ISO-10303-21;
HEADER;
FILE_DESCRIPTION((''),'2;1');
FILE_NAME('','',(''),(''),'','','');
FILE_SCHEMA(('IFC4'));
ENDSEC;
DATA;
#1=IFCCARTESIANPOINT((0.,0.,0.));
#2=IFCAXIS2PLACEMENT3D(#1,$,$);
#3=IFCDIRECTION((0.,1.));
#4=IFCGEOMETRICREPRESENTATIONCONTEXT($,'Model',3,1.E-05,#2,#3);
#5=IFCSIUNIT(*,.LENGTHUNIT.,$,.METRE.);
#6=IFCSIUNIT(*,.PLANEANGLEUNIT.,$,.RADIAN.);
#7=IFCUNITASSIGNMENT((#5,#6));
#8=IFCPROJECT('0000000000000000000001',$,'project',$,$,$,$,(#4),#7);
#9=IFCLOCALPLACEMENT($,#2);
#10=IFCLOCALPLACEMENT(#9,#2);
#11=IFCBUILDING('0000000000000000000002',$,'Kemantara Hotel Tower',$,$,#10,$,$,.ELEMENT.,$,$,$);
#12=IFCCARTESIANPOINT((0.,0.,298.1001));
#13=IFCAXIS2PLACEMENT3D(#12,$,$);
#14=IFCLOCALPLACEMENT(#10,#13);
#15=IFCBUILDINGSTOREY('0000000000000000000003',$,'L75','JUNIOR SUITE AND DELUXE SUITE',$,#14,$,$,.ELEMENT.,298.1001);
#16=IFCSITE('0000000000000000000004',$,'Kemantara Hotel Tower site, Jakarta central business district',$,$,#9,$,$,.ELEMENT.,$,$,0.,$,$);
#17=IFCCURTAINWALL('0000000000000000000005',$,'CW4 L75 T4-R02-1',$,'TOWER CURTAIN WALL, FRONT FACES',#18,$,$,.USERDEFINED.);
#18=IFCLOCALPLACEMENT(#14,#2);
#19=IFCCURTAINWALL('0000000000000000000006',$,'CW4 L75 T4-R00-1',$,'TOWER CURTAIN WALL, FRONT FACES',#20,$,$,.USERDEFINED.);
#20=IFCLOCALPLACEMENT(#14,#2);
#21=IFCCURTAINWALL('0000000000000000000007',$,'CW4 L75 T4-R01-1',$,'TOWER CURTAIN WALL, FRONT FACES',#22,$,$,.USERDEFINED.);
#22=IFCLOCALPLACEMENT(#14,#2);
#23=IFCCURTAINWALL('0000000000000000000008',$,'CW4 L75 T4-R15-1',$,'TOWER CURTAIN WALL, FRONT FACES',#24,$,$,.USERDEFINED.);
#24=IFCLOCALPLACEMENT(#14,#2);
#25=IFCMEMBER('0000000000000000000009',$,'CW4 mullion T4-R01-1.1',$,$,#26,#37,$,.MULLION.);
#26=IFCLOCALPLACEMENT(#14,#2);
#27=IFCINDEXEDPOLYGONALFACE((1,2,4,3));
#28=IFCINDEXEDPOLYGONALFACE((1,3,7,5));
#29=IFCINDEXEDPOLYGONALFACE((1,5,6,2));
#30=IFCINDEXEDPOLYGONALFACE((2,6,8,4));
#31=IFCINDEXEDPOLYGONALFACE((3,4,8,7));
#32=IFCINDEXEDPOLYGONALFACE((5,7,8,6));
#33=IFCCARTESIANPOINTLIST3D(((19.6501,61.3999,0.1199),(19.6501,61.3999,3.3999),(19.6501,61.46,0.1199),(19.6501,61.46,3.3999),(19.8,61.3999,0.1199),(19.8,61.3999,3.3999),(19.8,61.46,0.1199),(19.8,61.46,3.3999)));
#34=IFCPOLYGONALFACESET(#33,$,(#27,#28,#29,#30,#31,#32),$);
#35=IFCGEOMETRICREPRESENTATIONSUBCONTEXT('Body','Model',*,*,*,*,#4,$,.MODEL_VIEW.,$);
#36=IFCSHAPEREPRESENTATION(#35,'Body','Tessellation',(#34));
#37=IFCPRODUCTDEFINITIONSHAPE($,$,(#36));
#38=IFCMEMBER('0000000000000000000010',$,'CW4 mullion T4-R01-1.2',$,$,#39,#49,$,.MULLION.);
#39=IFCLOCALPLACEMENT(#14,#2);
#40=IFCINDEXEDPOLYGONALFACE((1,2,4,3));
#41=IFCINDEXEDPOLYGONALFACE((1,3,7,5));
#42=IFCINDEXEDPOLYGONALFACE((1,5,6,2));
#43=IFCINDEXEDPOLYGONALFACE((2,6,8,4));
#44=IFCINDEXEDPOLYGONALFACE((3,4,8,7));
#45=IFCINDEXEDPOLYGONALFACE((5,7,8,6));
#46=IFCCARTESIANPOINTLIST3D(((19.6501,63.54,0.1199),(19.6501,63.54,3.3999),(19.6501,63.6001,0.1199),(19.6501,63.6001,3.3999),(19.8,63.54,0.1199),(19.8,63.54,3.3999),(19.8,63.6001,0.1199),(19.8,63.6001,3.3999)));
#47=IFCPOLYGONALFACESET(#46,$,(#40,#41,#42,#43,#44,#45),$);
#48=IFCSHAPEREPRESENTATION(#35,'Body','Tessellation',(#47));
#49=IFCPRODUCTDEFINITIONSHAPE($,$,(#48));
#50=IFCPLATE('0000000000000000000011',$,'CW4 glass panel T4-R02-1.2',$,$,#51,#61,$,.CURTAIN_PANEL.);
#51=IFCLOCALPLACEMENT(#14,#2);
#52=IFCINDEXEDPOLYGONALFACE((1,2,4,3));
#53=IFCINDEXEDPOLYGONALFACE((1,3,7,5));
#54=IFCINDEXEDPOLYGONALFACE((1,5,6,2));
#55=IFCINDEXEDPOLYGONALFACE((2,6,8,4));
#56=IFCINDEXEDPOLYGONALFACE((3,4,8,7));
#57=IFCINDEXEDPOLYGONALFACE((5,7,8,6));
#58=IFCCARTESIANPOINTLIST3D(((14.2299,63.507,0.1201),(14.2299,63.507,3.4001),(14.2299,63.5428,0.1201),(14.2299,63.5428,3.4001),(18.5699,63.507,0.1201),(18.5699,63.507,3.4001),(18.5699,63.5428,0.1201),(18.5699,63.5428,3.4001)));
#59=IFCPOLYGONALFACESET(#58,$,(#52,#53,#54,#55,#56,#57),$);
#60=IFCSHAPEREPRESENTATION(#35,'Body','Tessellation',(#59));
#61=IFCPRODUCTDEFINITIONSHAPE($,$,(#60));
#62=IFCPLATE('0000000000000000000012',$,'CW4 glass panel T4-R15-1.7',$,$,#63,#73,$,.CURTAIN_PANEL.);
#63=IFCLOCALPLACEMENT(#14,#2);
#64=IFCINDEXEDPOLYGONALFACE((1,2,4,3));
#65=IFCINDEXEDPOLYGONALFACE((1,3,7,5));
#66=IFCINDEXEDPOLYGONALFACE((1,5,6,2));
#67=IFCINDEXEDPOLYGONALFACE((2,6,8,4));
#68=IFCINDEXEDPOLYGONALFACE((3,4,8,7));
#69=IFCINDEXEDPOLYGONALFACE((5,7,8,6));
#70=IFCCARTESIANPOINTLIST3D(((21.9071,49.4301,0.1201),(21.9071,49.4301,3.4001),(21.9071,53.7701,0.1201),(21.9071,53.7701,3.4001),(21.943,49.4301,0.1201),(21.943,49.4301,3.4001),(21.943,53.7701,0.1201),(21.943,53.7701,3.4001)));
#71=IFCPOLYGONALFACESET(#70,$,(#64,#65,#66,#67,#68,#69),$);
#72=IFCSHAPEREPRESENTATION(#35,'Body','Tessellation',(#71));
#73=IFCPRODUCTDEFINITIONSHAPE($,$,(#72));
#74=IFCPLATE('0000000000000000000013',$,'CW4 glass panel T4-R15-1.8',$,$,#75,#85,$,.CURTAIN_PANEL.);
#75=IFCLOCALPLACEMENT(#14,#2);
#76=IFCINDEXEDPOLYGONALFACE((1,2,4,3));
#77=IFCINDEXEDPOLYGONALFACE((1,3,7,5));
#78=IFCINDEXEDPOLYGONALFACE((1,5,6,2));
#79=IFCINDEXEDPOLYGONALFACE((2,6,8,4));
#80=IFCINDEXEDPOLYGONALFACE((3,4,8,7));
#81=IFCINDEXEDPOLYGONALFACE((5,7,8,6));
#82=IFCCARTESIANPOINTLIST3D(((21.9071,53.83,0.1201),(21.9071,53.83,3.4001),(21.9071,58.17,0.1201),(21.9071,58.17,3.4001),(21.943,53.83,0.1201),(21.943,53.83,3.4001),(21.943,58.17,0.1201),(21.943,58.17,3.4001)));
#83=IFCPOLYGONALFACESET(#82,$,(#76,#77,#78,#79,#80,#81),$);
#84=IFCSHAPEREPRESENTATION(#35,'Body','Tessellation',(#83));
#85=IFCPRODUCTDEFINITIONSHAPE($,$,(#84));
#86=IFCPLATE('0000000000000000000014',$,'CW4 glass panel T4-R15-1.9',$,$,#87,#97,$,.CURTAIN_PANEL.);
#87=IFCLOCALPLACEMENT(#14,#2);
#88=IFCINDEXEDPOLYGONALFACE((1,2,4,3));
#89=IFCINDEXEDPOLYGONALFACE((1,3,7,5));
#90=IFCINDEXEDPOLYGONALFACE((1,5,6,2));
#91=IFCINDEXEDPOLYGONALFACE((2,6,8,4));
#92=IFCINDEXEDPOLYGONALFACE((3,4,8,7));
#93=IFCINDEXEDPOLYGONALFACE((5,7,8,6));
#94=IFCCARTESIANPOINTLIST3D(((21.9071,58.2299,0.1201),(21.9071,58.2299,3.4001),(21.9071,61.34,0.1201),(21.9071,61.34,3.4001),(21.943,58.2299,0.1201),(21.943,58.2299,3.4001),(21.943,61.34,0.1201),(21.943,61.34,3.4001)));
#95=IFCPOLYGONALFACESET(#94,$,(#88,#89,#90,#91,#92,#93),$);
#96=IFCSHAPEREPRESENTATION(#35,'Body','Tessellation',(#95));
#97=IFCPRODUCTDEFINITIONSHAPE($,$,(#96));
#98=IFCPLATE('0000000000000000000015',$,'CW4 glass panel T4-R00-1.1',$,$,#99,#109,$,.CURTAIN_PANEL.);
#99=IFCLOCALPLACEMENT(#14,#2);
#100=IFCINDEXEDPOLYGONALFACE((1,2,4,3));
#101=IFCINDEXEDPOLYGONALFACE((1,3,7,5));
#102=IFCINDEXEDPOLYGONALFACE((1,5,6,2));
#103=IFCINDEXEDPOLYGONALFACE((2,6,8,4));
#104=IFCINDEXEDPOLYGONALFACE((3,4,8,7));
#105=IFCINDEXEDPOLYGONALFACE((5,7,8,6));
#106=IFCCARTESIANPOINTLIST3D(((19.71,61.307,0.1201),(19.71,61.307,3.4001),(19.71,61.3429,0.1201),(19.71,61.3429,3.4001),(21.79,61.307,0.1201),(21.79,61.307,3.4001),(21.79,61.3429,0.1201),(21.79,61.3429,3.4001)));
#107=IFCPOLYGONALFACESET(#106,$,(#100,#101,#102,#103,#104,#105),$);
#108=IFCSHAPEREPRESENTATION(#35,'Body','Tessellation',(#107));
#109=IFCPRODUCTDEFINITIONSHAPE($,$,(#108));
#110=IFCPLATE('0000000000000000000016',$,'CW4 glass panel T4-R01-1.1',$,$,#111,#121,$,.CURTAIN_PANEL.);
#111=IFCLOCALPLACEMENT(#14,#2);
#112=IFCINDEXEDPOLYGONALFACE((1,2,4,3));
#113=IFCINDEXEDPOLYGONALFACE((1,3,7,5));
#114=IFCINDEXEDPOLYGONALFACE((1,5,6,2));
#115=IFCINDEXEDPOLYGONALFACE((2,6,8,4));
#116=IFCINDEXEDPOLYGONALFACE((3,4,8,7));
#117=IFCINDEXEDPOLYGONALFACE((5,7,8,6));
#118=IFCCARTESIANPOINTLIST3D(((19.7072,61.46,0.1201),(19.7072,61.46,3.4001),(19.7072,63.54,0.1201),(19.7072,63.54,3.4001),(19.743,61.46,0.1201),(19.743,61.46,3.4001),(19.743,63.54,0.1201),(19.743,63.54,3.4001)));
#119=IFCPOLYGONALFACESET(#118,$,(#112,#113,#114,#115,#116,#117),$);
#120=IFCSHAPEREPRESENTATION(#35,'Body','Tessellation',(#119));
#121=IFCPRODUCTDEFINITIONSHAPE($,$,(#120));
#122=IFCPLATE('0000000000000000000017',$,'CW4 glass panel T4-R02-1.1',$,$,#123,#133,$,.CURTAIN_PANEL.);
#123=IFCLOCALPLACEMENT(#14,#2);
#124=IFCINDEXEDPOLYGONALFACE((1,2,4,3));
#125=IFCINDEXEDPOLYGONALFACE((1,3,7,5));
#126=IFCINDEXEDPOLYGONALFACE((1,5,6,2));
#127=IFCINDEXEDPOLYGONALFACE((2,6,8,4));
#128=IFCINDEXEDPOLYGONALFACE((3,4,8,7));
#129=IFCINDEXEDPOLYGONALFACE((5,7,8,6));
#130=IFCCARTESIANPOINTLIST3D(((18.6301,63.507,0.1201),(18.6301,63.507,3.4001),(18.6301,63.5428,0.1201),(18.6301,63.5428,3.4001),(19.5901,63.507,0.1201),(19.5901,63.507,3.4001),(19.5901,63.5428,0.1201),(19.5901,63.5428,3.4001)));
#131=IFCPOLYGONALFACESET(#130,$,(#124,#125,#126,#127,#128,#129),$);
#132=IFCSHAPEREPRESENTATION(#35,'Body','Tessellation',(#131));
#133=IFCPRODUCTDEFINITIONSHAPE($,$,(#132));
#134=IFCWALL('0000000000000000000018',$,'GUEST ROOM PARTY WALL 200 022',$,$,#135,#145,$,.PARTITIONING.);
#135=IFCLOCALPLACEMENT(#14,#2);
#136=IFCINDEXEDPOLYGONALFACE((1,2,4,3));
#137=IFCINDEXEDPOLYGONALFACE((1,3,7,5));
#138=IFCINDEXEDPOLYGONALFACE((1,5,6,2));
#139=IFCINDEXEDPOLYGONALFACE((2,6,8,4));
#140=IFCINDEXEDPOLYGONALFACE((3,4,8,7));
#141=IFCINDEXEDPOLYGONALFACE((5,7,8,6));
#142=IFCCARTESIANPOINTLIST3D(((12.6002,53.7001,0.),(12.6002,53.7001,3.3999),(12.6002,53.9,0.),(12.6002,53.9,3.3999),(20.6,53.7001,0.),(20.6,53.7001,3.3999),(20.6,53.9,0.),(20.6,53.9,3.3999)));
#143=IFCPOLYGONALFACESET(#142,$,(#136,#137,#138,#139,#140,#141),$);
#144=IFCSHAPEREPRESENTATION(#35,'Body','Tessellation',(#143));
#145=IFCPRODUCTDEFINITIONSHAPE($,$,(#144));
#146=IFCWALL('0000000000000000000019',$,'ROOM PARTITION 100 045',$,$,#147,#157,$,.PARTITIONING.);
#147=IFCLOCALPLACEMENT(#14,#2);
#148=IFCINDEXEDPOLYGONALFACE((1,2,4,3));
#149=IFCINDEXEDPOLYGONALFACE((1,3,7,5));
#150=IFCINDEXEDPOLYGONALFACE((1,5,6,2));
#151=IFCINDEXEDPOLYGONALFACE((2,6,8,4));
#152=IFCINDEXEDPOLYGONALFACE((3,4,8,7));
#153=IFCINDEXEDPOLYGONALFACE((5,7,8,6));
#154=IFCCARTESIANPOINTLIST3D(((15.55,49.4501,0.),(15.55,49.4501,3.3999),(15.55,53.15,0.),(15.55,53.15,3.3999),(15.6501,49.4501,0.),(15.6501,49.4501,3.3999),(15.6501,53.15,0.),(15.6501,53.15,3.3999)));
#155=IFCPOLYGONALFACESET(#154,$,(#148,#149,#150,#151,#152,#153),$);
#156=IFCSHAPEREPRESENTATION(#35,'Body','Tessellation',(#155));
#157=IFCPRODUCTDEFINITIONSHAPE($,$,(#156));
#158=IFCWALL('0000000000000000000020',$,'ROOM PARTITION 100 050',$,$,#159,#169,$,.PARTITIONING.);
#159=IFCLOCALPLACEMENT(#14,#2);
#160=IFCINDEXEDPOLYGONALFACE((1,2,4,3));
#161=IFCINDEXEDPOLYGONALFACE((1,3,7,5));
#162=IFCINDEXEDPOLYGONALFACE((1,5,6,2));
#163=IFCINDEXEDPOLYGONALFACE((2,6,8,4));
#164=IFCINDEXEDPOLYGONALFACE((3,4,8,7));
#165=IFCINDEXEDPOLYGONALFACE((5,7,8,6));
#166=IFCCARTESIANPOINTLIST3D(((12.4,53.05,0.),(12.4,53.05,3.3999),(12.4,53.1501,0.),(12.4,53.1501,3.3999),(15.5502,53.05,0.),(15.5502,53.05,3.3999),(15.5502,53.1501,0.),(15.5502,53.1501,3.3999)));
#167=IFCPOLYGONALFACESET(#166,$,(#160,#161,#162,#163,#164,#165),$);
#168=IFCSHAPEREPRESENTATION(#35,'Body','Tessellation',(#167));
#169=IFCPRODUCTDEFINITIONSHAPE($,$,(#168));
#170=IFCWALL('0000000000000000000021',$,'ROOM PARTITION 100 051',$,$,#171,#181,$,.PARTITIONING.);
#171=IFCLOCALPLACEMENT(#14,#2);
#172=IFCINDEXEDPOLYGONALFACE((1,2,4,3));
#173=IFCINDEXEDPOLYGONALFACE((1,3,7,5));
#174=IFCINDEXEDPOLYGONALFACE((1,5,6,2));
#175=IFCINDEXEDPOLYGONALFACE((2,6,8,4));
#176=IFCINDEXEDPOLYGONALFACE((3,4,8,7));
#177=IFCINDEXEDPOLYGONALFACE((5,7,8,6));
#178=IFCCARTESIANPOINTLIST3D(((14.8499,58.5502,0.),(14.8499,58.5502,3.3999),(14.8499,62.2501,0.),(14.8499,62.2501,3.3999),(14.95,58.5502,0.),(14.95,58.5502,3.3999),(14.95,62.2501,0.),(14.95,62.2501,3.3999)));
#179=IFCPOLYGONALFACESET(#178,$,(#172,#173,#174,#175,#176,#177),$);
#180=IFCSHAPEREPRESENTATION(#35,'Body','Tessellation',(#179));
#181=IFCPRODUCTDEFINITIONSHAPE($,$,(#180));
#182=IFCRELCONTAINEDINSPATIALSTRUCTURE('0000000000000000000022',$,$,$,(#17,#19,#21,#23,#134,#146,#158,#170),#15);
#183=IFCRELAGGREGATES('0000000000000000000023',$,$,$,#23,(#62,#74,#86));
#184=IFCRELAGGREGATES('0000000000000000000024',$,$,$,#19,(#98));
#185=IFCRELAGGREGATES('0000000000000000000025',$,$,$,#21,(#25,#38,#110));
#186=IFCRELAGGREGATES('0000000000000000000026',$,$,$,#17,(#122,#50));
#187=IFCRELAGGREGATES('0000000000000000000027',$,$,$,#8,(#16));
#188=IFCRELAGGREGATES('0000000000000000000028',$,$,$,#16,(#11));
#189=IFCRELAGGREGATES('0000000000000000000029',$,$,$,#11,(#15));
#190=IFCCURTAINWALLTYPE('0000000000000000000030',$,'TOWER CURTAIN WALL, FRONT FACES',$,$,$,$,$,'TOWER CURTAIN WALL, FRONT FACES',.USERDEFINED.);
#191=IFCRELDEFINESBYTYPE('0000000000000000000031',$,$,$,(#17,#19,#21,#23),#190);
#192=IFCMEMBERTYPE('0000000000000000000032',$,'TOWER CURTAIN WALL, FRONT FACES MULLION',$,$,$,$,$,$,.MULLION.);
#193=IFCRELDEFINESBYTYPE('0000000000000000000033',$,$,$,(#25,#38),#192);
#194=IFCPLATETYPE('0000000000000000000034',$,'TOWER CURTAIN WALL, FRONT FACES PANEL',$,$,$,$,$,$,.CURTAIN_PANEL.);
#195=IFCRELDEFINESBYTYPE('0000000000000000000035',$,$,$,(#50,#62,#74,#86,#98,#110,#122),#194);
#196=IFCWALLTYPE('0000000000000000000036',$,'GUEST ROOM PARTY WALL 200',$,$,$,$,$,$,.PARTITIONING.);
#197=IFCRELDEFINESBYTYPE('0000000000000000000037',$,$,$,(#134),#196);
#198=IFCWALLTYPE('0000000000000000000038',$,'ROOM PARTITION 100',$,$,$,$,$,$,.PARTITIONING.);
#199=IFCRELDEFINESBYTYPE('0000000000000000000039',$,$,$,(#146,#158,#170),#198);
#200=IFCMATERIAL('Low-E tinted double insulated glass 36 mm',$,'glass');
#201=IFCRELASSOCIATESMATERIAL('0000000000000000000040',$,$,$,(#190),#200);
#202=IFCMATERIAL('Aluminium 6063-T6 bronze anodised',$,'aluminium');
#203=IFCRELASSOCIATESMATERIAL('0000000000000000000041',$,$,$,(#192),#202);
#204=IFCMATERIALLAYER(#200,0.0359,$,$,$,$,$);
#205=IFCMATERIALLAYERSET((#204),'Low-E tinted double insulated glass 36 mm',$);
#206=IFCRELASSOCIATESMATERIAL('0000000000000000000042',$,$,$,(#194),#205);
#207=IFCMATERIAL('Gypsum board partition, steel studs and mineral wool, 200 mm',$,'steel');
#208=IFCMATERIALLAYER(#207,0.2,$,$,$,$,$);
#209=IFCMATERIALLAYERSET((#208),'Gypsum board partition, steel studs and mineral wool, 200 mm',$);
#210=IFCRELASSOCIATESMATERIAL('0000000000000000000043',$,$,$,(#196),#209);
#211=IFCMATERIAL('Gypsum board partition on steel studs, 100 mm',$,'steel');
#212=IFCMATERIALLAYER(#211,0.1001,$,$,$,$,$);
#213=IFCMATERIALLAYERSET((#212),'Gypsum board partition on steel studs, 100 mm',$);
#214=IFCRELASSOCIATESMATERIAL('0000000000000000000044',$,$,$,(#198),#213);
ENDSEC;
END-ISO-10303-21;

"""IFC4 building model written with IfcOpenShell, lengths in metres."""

from ifc_helpers import new_model, si_unit, direction, frame, frame_2d, origin, origin_2d, place, context, subcontext, project, spatial, rectangle, extrude, source, transform, mapped, material, layer, layer_set, material_profile, profile_set, type_object, element, aggregate, save


model = new_model("IFC4")

# Units and contexts
model_context = context("Model", 3, precision=1e-05, world=origin(), true_north=direction((0.0, 1.0)))
body_context = subcontext(model_context, "Body", "Model", "MODEL_VIEW")
ifc_project = project(units=[si_unit("LENGTHUNIT", "METRE"), si_unit("PLANEANGLEUNIT", "RADIAN")], contexts=[model_context])

# Site, building, storey
site_placement = place(None, origin())
site = spatial("IfcSite", under=ifc_project, at=site_placement, Name="Kemantara Hotel Tower site, Jakarta central business district", CompositionType="ELEMENT", RefElevation=0.0)
building_placement = place(site_placement, origin())
building = spatial("IfcBuilding", under=site, at=building_placement, Name="Kemantara Hotel Tower", CompositionType="ELEMENT")
storey_placement = place(building_placement, frame((0.0, 0.0, 298.1001)))
storey = spatial("IfcBuildingStorey", under=building, at=storey_placement, Name="L75", Description="JUNIOR SUITE AND DELUXE SUITE", CompositionType="ELEMENT", Elevation=298.1001)

# Curtain walls
ifc_material_1 = material(Name="Low-E tinted double insulated glass 36 mm", Category="glass")
curtain_wall_type = type_object("IfcCurtainWallType", Name="TOWER CURTAIN WALL, FRONT FACES", ElementType="TOWER CURTAIN WALL, FRONT FACES", PredefinedType="USERDEFINED", material=ifc_material_1)
curtain_wall_1_placement = place(storey_placement, origin())
curtain_wall_1 = element("IfcCurtainWall", 1, at=curtain_wall_1_placement, inside=storey, type_object=curtain_wall_type, Name="CW4 L75 T4-R02-1", ObjectType="TOWER CURTAIN WALL, FRONT FACES", PredefinedType="USERDEFINED")
ifc_material_2 = material(Name="Aluminium 6063-T6 bronze anodised", Category="aluminium")
curtain_wall_2_placement = place(storey_placement, origin())
curtain_wall_2 = element("IfcCurtainWall", 2, at=curtain_wall_2_placement, inside=storey, type_object=curtain_wall_type, Name="CW4 L75 T4-R00-1", ObjectType="TOWER CURTAIN WALL, FRONT FACES", PredefinedType="USERDEFINED")
curtain_wall_3_placement = place(storey_placement, origin())
curtain_wall_3 = element("IfcCurtainWall", 3, at=curtain_wall_3_placement, inside=storey, type_object=curtain_wall_type, Name="CW4 L75 T4-R01-1", ObjectType="TOWER CURTAIN WALL, FRONT FACES", PredefinedType="USERDEFINED")

# Shared definitions
ifc_material_profile_1 = material_profile(ifc_material_2, rectangle(XDim=0.1499, YDim=0.0601, at=origin_2d()), Name="TOWER CURTAIN WALL, FRONT FACES MULLION")
ifc_profile_set_1 = profile_set([ifc_material_profile_1], Name="Aluminium 6063-T6 bronze anodised")
member_type_1 = type_object("IfcMemberType", Name="TOWER CURTAIN WALL, FRONT FACES MULLION", PredefinedType="MULLION", material=ifc_profile_set_1)
shared_shape_1 = source(origin(), body_context, "Body", "SweptSolid", [
    extrude(rectangle(XDim=0.1499, YDim=0.0601, at=origin_2d()), origin(), (0.0, 0.0, 1.0), 3.28),
])

# Curtain wall
curtain_wall_4_placement = place(storey_placement, origin())
curtain_wall_4 = element("IfcCurtainWall", 4, at=curtain_wall_4_placement, inside=storey, type_object=curtain_wall_type, Name="CW4 L75 T4-R15-1", ObjectType="TOWER CURTAIN WALL, FRONT FACES", PredefinedType="USERDEFINED")

# Members
member_1_placement = place(storey_placement, frame((19.7251, 61.4299, 0.1199), z_axis=(0.0, 0.0, 1.0), x_axis=(-1.0, 0.0, 0.0)))
member_1 = element("IfcMember", 5, at=member_1_placement, type_object=member_type_1, Name="CW4 mullion T4-R01-1.1", PredefinedType="MULLION", context=body_context, shape_type="MappedRepresentation", body=[
    mapped(shared_shape_1, transform((0.0, 0.0, 0.0))),
])
member_2_placement = place(storey_placement, frame((19.7251, 63.5701, 0.1199), z_axis=(0.0, 0.0, 1.0), x_axis=(-1.0, 0.0, 0.0)))
member_2 = element("IfcMember", 6, at=member_2_placement, type_object=member_type_1, Name="CW4 mullion T4-R01-1.2", PredefinedType="MULLION", context=body_context, shape_type="MappedRepresentation", body=[
    mapped(shared_shape_1, transform((0.0, 0.0, 0.0))),
])

# Plates
ifc_layer_1 = layer(ifc_material_1, 0.0359)
ifc_layer_set_1 = layer_set([ifc_layer_1], Name="Low-E tinted double insulated glass 36 mm")
plate_type = type_object("IfcPlateType", Name="TOWER CURTAIN WALL, FRONT FACES PANEL", PredefinedType="CURTAIN_PANEL", material=ifc_layer_set_1)
shared_shape_2 = source(origin(), body_context, "Body", "SweptSolid", [
    extrude(rectangle(XDim=4.3401, YDim=0.0359, at=origin_2d()), origin(), (0.0, 0.0, 1.0), 3.28),
])
plate_1_placement = place(storey_placement, frame((16.3999, 63.5249, 0.1201), z_axis=(0.0, 0.0, 1.0), x_axis=(-1.0, 0.0, 0.0)))
plate_1 = element("IfcPlate", 7, at=plate_1_placement, type_object=plate_type, Name="CW4 glass panel T4-R02-1.2", PredefinedType="CURTAIN_PANEL", context=body_context, shape_type="MappedRepresentation", body=[
    mapped(shared_shape_2, transform((0.0, 0.0, 0.0))),
])
plate_2_placement = place(storey_placement, frame((21.925, 51.6001, 0.1201), z_axis=(0.0, 0.0, 1.0), x_axis=(0.0, 1.0, 0.0)))
plate_2 = element("IfcPlate", 8, at=plate_2_placement, type_object=plate_type, Name="CW4 glass panel T4-R15-1.7", PredefinedType="CURTAIN_PANEL", context=body_context, shape_type="MappedRepresentation", body=[
    mapped(shared_shape_2, transform((0.0, 0.0, 0.0))),
])
plate_3_placement = place(storey_placement, frame((21.925, 56.0, 0.1201), z_axis=(0.0, 0.0, 1.0), x_axis=(0.0, 1.0, 0.0)))
plate_3 = element("IfcPlate", 9, at=plate_3_placement, type_object=plate_type, Name="CW4 glass panel T4-R15-1.8", PredefinedType="CURTAIN_PANEL", context=body_context, shape_type="MappedRepresentation", body=[
    mapped(shared_shape_2, transform((0.0, 0.0, 0.0))),
])
shared_shape_3 = source(origin(), body_context, "Body", "SweptSolid", [
    extrude(rectangle(XDim=3.1101, YDim=0.0359, at=origin_2d()), origin(), (0.0, 0.0, 1.0), 3.28),
])
plate_4_placement = place(storey_placement, frame((21.925, 59.7849, 0.1201), z_axis=(0.0, 0.0, 1.0), x_axis=(0.0, 1.0, 0.0)))
plate_4 = element("IfcPlate", 10, at=plate_4_placement, type_object=plate_type, Name="CW4 glass panel T4-R15-1.9", PredefinedType="CURTAIN_PANEL", context=body_context, shape_type="MappedRepresentation", body=[
    mapped(shared_shape_3, transform((0.0, 0.0, 0.0))),
])
aggregate(curtain_wall_4, [plate_2, plate_3, plate_4])
shared_shape_4 = source(origin(), body_context, "Body", "SweptSolid", [
    extrude(rectangle(XDim=2.0801, YDim=0.0359, at=origin_2d()), origin(), (0.0, 0.0, 1.0), 3.28),
])
plate_5_placement = place(storey_placement, frame((20.75, 61.325, 0.1201), z_axis=(0.0, 0.0, 1.0), x_axis=(-1.0, 0.0, 0.0)))
plate_5 = element("IfcPlate", 11, at=plate_5_placement, type_object=plate_type, Name="CW4 glass panel T4-R00-1.1", PredefinedType="CURTAIN_PANEL", context=body_context, shape_type="MappedRepresentation", body=[
    mapped(shared_shape_4, transform((0.0, 0.0, 0.0))),
])
aggregate(curtain_wall_2, [plate_5])
plate_6_placement = place(storey_placement, frame((19.7251, 62.5, 0.1201), z_axis=(0.0, 0.0, 1.0), x_axis=(0.0, 1.0, 0.0)))
plate_6 = element("IfcPlate", 12, at=plate_6_placement, type_object=plate_type, Name="CW4 glass panel T4-R01-1.1", PredefinedType="CURTAIN_PANEL", context=body_context, shape_type="MappedRepresentation", body=[
    mapped(shared_shape_4, transform((0.0, 0.0, 0.0))),
])
aggregate(curtain_wall_3, [member_1, member_2, plate_6])
shared_shape_5 = source(origin(), body_context, "Body", "SweptSolid", [
    extrude(rectangle(XDim=0.96, YDim=0.0359, at=origin_2d()), origin(), (0.0, 0.0, 1.0), 3.28),
])
plate_7_placement = place(storey_placement, frame((19.1101, 63.5249, 0.1201), z_axis=(0.0, 0.0, 1.0), x_axis=(-1.0, 0.0, 0.0)))
plate_7 = element("IfcPlate", 13, at=plate_7_placement, type_object=plate_type, Name="CW4 glass panel T4-R02-1.1", PredefinedType="CURTAIN_PANEL", context=body_context, shape_type="MappedRepresentation", body=[
    mapped(shared_shape_5, transform((0.0, 0.0, 0.0))),
])
aggregate(curtain_wall_1, [plate_7, plate_1])

# Walls
ifc_material_3 = material(Name="Gypsum board partition, steel studs and mineral wool, 200 mm", Category="steel")
ifc_layer_2 = layer(ifc_material_3, 0.2)
ifc_layer_set_2 = layer_set([ifc_layer_2], Name="Gypsum board partition, steel studs and mineral wool, 200 mm")
wall_type_1 = type_object("IfcWallType", Name="GUEST ROOM PARTY WALL 200", PredefinedType="PARTITIONING", material=ifc_layer_set_2)
wall_1_placement = place(storey_placement, frame((12.6001, 53.8, 0.0), z_axis=(0.0, 0.0, 1.0), x_axis=(1.0, 0.0, 0.0)))
element("IfcWall", 14, at=wall_1_placement, inside=storey, type_object=wall_type_1, Name="GUEST ROOM PARTY WALL 200 022", PredefinedType="PARTITIONING", context=body_context, shape_type="SweptSolid", body=[
    extrude(rectangle(XDim=7.9998, YDim=0.2, at=frame_2d((4.0, 0.0))), origin(), (0.0, 0.0, 1.0), 3.3999),
])
ifc_material_4 = material(Name="Gypsum board partition on steel studs, 100 mm", Category="steel")
ifc_layer_3 = layer(ifc_material_4, 0.1001)
ifc_layer_set_3 = layer_set([ifc_layer_3], Name="Gypsum board partition on steel studs, 100 mm")
wall_type_2 = type_object("IfcWallType", Name="ROOM PARTITION 100", PredefinedType="PARTITIONING", material=ifc_layer_set_3)
wall_2_placement = place(storey_placement, frame((15.6001, 49.45, 0.0), z_axis=(0.0, 0.0, 1.0), x_axis=(0.0, 1.0, 0.0)))
element("IfcWall", 15, at=wall_2_placement, inside=storey, type_object=wall_type_2, Name="ROOM PARTITION 100 045", PredefinedType="PARTITIONING", context=body_context, shape_type="SweptSolid", body=[
    extrude(rectangle(XDim=3.7, YDim=0.1001, at=frame_2d((1.8501, 0.0))), origin(), (0.0, 0.0, 1.0), 3.3999),
])
wall_3_placement = place(storey_placement, frame((12.3999, 53.1001, 0.0), z_axis=(0.0, 0.0, 1.0), x_axis=(1.0, 0.0, 0.0)))
element("IfcWall", 16, at=wall_3_placement, inside=storey, type_object=wall_type_2, Name="ROOM PARTITION 100 050", PredefinedType="PARTITIONING", context=body_context, shape_type="SweptSolid", body=[
    extrude(rectangle(XDim=3.1501, YDim=0.1001, at=frame_2d((1.5752, 0.0))), origin(), (0.0, 0.0, 1.0), 3.3999),
])
wall_4_placement = place(storey_placement, frame((14.8999, 58.55, 0.0), z_axis=(0.0, 0.0, 1.0), x_axis=(0.0, 1.0, 0.0)))
element("IfcWall", 17, at=wall_4_placement, inside=storey, type_object=wall_type_2, Name="ROOM PARTITION 100 051", PredefinedType="PARTITIONING", context=body_context, shape_type="SweptSolid", body=[
    extrude(rectangle(XDim=3.7, YDim=0.1001, at=frame_2d((1.8501, 0.0))), origin(), (0.0, 0.0, 1.0), 3.3999),
])

save(model, "model.ifc")
